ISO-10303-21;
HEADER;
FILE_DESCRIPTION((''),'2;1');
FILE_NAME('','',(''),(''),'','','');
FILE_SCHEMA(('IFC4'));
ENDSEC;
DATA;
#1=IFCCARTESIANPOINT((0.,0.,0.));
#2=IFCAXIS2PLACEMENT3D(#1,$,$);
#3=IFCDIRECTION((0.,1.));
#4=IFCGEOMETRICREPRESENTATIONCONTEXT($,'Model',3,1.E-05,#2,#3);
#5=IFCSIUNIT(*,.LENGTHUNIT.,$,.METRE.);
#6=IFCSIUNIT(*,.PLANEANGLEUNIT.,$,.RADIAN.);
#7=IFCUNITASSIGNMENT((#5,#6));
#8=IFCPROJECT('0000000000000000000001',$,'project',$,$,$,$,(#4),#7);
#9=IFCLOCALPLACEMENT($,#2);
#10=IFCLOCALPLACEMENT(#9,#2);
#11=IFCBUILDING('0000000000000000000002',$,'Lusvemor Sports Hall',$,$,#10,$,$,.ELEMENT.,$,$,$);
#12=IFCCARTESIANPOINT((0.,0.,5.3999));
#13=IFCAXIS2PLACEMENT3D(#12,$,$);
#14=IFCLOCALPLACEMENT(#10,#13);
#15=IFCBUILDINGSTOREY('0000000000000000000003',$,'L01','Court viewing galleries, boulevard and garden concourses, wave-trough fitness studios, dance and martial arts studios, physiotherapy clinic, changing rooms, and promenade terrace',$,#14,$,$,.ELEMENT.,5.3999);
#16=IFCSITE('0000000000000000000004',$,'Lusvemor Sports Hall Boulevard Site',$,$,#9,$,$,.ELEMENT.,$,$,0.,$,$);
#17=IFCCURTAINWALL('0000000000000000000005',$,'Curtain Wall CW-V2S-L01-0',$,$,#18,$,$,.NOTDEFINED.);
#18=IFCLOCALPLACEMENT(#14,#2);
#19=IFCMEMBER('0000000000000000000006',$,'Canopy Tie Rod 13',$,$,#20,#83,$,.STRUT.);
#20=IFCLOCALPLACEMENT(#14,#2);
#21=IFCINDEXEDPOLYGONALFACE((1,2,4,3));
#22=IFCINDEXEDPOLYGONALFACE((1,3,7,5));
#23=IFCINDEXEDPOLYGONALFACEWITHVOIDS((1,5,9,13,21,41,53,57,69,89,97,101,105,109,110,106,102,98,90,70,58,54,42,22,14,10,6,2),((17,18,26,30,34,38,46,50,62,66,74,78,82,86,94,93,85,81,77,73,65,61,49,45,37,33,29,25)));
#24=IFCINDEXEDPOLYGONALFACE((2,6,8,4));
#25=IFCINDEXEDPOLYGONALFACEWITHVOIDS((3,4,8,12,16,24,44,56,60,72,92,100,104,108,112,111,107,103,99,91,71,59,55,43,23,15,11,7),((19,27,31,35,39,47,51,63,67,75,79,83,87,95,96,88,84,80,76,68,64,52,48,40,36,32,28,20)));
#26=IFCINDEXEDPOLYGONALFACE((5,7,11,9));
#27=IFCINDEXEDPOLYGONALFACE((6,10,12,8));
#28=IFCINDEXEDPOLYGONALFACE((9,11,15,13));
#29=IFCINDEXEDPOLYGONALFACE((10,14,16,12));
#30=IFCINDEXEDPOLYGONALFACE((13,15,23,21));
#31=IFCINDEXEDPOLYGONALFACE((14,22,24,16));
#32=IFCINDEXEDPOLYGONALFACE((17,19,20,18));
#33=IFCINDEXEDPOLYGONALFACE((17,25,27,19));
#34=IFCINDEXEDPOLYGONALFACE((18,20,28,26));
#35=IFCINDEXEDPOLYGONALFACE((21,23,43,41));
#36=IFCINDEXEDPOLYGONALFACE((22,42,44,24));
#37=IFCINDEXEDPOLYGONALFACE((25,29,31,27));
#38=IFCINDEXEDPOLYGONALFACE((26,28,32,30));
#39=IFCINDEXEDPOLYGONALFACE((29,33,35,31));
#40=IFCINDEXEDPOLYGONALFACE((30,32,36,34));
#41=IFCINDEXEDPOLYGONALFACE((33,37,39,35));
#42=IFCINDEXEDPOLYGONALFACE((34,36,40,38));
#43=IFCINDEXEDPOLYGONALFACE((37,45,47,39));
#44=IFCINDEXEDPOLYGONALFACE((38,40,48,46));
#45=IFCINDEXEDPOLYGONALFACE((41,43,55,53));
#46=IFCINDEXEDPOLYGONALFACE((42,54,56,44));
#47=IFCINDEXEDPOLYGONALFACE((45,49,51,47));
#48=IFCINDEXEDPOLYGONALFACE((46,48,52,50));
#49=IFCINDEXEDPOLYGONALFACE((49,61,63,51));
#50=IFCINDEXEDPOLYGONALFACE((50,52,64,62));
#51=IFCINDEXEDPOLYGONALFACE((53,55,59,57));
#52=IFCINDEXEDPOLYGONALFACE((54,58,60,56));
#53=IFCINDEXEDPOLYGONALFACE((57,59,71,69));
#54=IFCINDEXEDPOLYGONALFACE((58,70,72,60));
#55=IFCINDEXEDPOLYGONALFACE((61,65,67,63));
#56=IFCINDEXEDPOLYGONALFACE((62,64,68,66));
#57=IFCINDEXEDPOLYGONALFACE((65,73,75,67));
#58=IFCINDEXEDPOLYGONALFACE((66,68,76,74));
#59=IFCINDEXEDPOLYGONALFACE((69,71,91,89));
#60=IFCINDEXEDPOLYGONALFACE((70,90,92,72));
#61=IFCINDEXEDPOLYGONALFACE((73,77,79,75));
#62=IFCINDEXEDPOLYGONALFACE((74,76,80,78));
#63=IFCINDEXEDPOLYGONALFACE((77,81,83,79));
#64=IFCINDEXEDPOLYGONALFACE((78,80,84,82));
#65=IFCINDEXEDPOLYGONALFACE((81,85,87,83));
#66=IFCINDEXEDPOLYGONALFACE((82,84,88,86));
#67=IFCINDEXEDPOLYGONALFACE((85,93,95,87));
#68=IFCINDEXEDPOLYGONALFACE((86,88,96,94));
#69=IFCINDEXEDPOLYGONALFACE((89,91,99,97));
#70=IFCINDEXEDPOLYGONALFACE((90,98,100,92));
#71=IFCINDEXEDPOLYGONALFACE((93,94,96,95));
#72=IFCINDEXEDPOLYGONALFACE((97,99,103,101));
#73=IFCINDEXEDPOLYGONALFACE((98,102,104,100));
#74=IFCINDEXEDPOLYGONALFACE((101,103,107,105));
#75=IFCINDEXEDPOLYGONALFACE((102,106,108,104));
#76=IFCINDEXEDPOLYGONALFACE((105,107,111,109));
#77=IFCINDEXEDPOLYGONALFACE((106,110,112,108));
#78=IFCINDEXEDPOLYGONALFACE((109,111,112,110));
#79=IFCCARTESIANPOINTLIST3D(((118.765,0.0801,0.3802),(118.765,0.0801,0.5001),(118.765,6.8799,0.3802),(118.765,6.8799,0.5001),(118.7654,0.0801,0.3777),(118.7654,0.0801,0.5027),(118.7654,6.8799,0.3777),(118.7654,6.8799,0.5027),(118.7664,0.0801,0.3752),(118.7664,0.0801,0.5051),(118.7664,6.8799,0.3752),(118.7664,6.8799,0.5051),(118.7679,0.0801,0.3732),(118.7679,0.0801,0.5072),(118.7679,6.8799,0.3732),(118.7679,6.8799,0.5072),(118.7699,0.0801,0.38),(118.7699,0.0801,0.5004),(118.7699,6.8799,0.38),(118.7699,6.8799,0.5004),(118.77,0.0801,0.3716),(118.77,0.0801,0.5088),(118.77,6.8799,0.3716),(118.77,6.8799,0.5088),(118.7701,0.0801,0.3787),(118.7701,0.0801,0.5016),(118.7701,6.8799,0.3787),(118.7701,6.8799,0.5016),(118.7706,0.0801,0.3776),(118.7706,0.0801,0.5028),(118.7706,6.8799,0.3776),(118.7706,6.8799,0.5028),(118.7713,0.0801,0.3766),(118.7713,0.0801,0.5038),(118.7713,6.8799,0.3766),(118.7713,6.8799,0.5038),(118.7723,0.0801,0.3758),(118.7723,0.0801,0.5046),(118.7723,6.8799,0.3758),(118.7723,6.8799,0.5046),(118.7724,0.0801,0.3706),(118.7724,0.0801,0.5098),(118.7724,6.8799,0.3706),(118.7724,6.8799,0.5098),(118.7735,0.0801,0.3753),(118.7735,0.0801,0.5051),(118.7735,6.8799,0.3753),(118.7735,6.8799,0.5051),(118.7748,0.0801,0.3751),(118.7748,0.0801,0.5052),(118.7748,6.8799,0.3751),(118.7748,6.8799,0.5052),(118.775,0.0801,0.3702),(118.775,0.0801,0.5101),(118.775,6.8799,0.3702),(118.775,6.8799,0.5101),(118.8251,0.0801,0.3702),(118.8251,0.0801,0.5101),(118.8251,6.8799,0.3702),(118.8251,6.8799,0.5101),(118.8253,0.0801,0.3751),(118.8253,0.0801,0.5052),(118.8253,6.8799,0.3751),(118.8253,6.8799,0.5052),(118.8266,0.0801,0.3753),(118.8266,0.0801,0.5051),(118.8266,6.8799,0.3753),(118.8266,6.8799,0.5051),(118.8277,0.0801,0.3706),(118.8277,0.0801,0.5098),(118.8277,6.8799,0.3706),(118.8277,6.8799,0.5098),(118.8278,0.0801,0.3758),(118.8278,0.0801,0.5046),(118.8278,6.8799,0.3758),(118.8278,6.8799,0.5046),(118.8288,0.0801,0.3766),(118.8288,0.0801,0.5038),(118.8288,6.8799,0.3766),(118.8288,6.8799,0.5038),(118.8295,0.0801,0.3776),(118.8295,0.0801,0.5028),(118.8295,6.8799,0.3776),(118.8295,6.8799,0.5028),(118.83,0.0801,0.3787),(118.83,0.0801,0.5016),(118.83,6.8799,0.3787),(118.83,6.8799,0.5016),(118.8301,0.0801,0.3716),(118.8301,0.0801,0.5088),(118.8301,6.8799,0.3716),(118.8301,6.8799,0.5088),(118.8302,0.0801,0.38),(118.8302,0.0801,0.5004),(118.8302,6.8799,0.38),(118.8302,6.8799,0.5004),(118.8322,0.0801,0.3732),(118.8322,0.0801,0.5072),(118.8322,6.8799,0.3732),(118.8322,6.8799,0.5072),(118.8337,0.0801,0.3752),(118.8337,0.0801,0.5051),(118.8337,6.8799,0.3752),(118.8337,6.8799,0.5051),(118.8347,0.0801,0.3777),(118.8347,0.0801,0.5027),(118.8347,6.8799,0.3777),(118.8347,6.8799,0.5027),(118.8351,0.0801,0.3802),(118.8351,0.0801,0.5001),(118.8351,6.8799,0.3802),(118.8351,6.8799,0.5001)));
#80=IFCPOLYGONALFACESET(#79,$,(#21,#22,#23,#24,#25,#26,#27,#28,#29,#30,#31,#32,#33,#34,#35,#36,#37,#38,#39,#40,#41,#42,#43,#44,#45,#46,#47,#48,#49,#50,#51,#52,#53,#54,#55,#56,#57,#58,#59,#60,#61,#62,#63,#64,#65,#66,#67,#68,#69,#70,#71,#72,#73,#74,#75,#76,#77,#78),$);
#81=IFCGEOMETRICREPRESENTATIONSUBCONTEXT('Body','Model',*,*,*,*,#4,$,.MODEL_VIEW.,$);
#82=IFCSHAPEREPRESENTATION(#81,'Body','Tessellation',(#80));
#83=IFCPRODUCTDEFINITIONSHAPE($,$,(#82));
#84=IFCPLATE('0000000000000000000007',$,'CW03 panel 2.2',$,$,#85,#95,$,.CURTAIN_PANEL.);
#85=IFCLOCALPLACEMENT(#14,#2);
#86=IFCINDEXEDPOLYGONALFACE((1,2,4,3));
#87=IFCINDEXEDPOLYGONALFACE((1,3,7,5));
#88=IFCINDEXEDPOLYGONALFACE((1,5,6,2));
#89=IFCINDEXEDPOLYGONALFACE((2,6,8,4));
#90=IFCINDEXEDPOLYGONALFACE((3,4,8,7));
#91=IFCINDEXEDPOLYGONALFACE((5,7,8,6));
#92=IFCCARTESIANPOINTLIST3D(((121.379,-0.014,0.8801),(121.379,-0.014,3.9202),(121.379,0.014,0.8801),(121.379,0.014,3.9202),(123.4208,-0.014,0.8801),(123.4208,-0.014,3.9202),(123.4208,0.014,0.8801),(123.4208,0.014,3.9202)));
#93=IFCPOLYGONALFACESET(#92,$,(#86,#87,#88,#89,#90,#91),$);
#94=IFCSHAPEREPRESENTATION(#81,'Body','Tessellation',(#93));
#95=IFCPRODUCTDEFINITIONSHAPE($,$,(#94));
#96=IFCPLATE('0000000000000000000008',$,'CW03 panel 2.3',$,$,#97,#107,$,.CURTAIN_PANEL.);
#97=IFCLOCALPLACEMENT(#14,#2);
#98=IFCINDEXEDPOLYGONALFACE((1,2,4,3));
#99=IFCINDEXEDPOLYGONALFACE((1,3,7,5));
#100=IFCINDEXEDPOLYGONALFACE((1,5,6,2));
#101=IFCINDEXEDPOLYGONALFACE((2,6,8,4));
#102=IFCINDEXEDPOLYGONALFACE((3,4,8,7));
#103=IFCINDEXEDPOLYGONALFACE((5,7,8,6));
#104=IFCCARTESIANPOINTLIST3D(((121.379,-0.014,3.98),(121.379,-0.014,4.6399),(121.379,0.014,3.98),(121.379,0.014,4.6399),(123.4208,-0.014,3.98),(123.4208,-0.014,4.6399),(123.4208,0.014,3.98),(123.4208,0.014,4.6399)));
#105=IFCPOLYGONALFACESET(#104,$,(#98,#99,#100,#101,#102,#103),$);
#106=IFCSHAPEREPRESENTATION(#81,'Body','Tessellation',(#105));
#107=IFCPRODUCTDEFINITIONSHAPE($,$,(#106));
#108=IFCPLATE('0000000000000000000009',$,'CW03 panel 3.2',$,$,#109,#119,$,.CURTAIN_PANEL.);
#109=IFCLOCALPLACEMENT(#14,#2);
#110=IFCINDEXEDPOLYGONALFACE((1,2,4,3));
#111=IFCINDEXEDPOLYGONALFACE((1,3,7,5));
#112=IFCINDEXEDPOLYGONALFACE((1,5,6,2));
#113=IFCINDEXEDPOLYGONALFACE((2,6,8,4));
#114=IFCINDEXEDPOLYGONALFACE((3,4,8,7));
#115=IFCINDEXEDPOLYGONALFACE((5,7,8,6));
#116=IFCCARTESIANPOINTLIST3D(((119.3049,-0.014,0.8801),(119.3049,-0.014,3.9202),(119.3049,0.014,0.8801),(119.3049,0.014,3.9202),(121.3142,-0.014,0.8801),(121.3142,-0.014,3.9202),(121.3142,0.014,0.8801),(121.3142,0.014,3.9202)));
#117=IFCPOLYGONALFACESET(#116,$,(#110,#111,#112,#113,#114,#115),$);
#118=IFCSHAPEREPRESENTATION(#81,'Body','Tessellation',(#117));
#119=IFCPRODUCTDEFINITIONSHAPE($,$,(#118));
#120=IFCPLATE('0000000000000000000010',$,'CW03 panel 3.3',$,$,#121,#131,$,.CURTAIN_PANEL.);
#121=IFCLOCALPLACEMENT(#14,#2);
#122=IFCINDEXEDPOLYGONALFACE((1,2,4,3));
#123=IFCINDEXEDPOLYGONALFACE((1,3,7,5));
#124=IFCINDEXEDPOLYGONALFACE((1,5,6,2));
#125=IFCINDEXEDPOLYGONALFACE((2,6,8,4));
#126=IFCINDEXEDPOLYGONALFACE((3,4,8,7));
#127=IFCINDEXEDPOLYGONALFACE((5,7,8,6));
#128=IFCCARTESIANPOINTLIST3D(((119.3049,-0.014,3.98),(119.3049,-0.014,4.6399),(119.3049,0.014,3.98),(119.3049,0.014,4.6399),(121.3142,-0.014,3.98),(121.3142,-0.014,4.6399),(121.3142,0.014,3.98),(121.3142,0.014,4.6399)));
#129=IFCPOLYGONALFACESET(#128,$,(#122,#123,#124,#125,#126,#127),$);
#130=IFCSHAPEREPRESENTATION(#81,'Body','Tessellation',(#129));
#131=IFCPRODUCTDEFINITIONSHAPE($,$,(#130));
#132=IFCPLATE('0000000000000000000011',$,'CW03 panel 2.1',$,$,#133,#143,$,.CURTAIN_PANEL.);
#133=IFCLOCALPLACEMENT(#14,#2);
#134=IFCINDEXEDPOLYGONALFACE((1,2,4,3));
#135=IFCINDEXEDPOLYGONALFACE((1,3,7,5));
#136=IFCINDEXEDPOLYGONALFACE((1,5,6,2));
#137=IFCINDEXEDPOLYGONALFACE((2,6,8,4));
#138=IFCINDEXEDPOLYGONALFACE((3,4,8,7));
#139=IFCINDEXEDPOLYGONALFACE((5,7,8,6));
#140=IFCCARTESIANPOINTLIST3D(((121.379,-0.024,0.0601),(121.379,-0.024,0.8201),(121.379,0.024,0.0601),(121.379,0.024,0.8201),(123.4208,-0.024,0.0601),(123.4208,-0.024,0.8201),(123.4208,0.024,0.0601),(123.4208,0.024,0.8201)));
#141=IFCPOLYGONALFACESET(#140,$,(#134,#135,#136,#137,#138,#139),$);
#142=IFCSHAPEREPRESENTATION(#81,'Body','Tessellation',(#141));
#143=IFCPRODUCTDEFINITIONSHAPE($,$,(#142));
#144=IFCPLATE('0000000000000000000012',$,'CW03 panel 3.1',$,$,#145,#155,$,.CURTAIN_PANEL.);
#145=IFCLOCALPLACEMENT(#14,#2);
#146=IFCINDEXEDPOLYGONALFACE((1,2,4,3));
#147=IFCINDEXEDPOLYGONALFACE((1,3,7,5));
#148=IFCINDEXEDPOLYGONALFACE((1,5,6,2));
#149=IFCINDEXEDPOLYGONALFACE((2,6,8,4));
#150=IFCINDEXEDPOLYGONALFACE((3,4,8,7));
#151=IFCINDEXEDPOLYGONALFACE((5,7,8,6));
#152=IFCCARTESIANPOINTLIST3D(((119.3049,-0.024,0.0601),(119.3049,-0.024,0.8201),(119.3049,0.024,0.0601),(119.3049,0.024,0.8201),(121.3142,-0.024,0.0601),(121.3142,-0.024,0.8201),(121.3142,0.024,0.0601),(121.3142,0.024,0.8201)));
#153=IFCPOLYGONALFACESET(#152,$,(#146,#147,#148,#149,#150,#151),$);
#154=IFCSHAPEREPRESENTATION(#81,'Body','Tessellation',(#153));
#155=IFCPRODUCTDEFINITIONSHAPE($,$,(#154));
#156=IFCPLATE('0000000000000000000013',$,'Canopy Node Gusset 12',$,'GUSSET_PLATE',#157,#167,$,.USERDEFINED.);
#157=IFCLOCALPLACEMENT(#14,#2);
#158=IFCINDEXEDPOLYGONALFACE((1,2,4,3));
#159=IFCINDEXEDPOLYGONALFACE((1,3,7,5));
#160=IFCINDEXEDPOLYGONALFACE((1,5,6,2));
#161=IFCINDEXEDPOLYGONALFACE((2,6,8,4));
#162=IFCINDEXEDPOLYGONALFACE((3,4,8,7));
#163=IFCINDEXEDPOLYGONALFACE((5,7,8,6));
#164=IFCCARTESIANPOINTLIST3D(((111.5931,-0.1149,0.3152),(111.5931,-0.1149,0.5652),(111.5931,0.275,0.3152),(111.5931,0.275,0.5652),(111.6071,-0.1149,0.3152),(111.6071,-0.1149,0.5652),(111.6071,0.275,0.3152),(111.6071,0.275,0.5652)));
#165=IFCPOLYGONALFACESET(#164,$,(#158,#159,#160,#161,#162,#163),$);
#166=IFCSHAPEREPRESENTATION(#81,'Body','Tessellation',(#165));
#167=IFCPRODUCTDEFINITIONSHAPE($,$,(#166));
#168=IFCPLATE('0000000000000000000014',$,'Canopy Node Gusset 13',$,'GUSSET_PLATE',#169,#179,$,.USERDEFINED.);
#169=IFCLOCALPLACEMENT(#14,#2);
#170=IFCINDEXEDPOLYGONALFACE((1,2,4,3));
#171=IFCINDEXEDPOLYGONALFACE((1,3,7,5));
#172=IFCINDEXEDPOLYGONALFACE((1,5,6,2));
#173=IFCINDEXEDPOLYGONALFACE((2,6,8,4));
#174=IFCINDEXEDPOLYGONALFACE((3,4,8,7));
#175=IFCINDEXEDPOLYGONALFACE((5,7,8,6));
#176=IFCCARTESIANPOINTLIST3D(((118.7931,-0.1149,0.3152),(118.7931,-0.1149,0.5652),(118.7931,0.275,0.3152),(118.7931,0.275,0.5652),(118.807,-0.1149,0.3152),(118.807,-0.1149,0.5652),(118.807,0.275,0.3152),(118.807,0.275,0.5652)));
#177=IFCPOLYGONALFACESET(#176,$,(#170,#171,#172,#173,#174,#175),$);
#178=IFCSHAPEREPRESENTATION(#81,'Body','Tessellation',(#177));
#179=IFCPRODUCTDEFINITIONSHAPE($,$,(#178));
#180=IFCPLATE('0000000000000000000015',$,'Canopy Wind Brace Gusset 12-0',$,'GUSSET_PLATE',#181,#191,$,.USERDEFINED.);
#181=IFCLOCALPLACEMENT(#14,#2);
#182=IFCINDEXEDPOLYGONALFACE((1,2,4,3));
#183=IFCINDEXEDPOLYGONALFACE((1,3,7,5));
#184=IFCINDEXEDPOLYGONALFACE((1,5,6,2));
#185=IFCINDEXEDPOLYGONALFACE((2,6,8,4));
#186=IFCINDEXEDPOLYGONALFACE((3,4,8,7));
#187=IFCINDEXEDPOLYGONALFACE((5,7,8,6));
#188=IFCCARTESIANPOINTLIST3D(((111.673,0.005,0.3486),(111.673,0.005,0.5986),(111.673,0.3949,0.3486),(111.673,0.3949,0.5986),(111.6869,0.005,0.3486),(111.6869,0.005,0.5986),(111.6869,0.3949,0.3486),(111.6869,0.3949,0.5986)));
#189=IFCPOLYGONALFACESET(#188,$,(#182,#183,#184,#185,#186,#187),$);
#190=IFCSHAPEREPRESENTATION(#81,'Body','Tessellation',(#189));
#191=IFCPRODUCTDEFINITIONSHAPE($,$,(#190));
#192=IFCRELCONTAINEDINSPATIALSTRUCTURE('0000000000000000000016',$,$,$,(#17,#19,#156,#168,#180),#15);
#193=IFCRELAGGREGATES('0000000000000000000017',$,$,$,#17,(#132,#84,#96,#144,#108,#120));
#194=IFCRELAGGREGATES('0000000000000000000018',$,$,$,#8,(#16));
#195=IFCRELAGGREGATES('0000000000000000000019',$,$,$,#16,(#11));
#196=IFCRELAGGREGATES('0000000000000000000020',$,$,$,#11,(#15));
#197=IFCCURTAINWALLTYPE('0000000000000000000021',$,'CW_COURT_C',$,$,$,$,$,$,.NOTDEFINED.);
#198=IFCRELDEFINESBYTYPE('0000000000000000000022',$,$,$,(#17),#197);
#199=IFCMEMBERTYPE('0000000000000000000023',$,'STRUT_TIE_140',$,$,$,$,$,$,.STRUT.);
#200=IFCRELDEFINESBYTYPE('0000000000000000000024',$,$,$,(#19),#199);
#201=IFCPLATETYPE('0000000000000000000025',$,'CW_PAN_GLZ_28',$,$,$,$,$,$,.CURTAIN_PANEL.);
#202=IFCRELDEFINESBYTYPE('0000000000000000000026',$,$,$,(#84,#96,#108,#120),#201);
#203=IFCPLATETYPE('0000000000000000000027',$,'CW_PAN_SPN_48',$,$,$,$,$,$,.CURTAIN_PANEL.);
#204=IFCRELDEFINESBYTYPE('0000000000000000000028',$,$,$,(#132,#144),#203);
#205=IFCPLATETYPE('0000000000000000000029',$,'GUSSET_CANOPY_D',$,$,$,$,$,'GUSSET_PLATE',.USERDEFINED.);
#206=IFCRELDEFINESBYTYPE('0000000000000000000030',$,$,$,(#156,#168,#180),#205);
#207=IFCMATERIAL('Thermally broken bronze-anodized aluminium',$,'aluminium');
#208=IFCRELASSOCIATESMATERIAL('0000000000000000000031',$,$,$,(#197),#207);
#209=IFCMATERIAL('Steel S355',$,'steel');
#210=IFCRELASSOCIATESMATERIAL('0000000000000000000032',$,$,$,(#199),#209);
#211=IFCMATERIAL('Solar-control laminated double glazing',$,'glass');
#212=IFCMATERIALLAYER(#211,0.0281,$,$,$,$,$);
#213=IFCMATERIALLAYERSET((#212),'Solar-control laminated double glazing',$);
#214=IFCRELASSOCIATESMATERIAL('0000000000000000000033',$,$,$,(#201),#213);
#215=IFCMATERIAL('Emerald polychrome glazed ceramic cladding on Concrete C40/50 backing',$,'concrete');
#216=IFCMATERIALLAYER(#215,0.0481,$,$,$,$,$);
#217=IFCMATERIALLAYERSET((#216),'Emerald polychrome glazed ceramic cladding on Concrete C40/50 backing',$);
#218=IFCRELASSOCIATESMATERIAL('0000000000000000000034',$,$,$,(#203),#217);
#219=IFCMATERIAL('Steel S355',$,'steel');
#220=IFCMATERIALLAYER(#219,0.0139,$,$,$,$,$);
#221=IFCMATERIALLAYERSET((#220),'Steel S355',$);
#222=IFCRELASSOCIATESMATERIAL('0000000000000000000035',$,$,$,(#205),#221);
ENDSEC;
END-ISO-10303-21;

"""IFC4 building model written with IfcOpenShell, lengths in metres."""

from ifc_helpers import new_model, si_unit, direction, frame, origin, origin_2d, place, context, subcontext, project, spatial, rectangle, hollow_rectangle, extrude, material, layer, layer_set, material_profile, profile_set, type_object, element, aggregate, save


model = new_model("IFC4")

# Units and contexts
model_context = context("Model", 3, precision=1e-05, world=origin(), true_north=direction((0.0, 1.0)))
body_context = subcontext(model_context, "Body", "Model", "MODEL_VIEW")
ifc_project = project(units=[si_unit("LENGTHUNIT", "METRE"), si_unit("PLANEANGLEUNIT", "RADIAN")], contexts=[model_context])

# Site, building, storey
site_placement = place(None, origin())
site = spatial("IfcSite", under=ifc_project, at=site_placement, Name="Lusvemor Sports Hall Boulevard Site", CompositionType="ELEMENT", RefElevation=0.0)
building_placement = place(site_placement, origin())
building = spatial("IfcBuilding", under=site, at=building_placement, Name="Lusvemor Sports Hall", CompositionType="ELEMENT")
storey_placement = place(building_placement, frame((0.0, 0.0, 5.3999)))
storey = spatial("IfcBuildingStorey", under=building, at=storey_placement, Name="L01", Description="Court viewing galleries, boulevard and garden concourses, wave-trough fitness studios, dance and martial arts studios, physiotherapy clinic, changing rooms, and promenade terrace", CompositionType="ELEMENT", Elevation=5.3999)

# Curtain wall
ifc_material_1 = material(Name="Thermally broken bronze-anodized aluminium", Category="aluminium")
curtain_wall_type = type_object("IfcCurtainWallType", Name="CW_COURT_C", PredefinedType="NOTDEFINED", material=ifc_material_1)
curtain_wall_placement = place(storey_placement, origin())
curtain_wall = element("IfcCurtainWall", 1, at=curtain_wall_placement, inside=storey, type_object=curtain_wall_type, Name="Curtain Wall CW-V2S-L01-0", PredefinedType="NOTDEFINED")

# Member
ifc_material_2 = material(Name="Steel S355", Category="steel")
ifc_material_profile_1 = material_profile(ifc_material_2, hollow_rectangle(XDim=0.0701, YDim=0.1399, WallThickness=0.0049, InnerFilletRadius=0.0049, OuterFilletRadius=0.01, at=origin_2d()), Name="RHS140x70x5")
ifc_profile_set_1 = profile_set([ifc_material_profile_1], Name="Steel S355")
member_type_1 = type_object("IfcMemberType", Name="STRUT_TIE_140", PredefinedType="STRUT", material=ifc_profile_set_1)
member_1_placement = place(storey_placement, frame((118.8, 0.0801, 0.4402), z_axis=(0.0, 1.0, 0.0), x_axis=(-1.0, 0.0, 0.0)))
element("IfcMember", 2, at=member_1_placement, inside=storey, type_object=member_type_1, Name="Canopy Tie Rod 13", PredefinedType="STRUT", context=body_context, shape_type="SweptSolid", body=[
    extrude(hollow_rectangle(XDim=0.0701, YDim=0.1399, WallThickness=0.0049, InnerFilletRadius=0.0049, OuterFilletRadius=0.01, at=origin_2d()), origin(), (0.0, 0.0, 1.0), 6.7998),
])

# Plates
ifc_material_3 = material(Name="Solar-control laminated double glazing", Category="glass")
ifc_layer_1 = layer(ifc_material_3, 0.0281)
ifc_layer_set_1 = layer_set([ifc_layer_1], Name="Solar-control laminated double glazing")
plate_type_1 = type_object("IfcPlateType", Name="CW_PAN_GLZ_28", PredefinedType="CURTAIN_PANEL", material=ifc_layer_set_1)
plate_1_placement = place(storey_placement, frame((122.3999, 0.0, 0.8801), z_axis=(0.0, 0.0, 1.0), x_axis=(-1.0, 0.0, 0.0)))
plate_1 = element("IfcPlate", 3, at=plate_1_placement, type_object=plate_type_1, Name="CW03 panel 2.2", PredefinedType="CURTAIN_PANEL", context=body_context, shape_type="SweptSolid", body=[
    extrude(rectangle(XDim=2.0417, YDim=0.0281, at=origin_2d()), origin(), (0.0, 0.0, 1.0), 3.04),
])
plate_2_placement = place(storey_placement, frame((122.3999, 0.0, 3.98), z_axis=(0.0, 0.0, 1.0), x_axis=(-1.0, 0.0, 0.0)))
plate_2 = element("IfcPlate", 4, at=plate_2_placement, type_object=plate_type_1, Name="CW03 panel 2.3", PredefinedType="CURTAIN_PANEL", context=body_context, shape_type="SweptSolid", body=[
    extrude(rectangle(XDim=2.0417, YDim=0.0281, at=origin_2d()), origin(), (0.0, 0.0, 1.0), 0.6599),
])
plate_3_placement = place(storey_placement, frame((120.3096, 0.0, 0.8801), z_axis=(0.0, 0.0, 1.0), x_axis=(-1.0, 0.0, 0.0)))
plate_3 = element("IfcPlate", 5, at=plate_3_placement, type_object=plate_type_1, Name="CW03 panel 3.2", PredefinedType="CURTAIN_PANEL", context=body_context, shape_type="SweptSolid", body=[
    extrude(rectangle(XDim=2.0093, YDim=0.0281, at=origin_2d()), origin(), (0.0, 0.0, 1.0), 3.04),
])
plate_4_placement = place(storey_placement, frame((120.3096, 0.0, 3.98), z_axis=(0.0, 0.0, 1.0), x_axis=(-1.0, 0.0, 0.0)))
plate_4 = element("IfcPlate", 6, at=plate_4_placement, type_object=plate_type_1, Name="CW03 panel 3.3", PredefinedType="CURTAIN_PANEL", context=body_context, shape_type="SweptSolid", body=[
    extrude(rectangle(XDim=2.0093, YDim=0.0281, at=origin_2d()), origin(), (0.0, 0.0, 1.0), 0.6599),
])
ifc_material_4 = material(Name="Emerald polychrome glazed ceramic cladding on Concrete C40/50 backing", Category="concrete")
ifc_layer_2 = layer(ifc_material_4, 0.0481)
ifc_layer_set_2 = layer_set([ifc_layer_2], Name="Emerald polychrome glazed ceramic cladding on Concrete C40/50 backing")
plate_type_2 = type_object("IfcPlateType", Name="CW_PAN_SPN_48", PredefinedType="CURTAIN_PANEL", material=ifc_layer_set_2)
plate_5_placement = place(storey_placement, frame((122.3999, 0.0, 0.0601), z_axis=(0.0, 0.0, 1.0), x_axis=(-1.0, 0.0, 0.0)))
plate_5 = element("IfcPlate", 7, at=plate_5_placement, type_object=plate_type_2, Name="CW03 panel 2.1", PredefinedType="CURTAIN_PANEL", context=body_context, shape_type="SweptSolid", body=[
    extrude(rectangle(XDim=2.0417, YDim=0.0481, at=origin_2d()), origin(), (0.0, 0.0, 1.0), 0.76),
])
plate_6_placement = place(storey_placement, frame((120.3096, 0.0, 0.0601), z_axis=(0.0, 0.0, 1.0), x_axis=(-1.0, 0.0, 0.0)))
plate_6 = element("IfcPlate", 8, at=plate_6_placement, type_object=plate_type_2, Name="CW03 panel 3.1", PredefinedType="CURTAIN_PANEL", context=body_context, shape_type="SweptSolid", body=[
    extrude(rectangle(XDim=2.0093, YDim=0.0481, at=origin_2d()), origin(), (0.0, 0.0, 1.0), 0.76),
])
aggregate(curtain_wall, [plate_5, plate_1, plate_2, plate_6, plate_3, plate_4])

# Plates
ifc_material_5 = material(Name="Steel S355", Category="steel")
ifc_layer_3 = layer(ifc_material_5, 0.0139)
ifc_layer_set_3 = layer_set([ifc_layer_3], Name="Steel S355")
plate_type_3 = type_object("IfcPlateType", Name="GUSSET_CANOPY_D", ElementType="GUSSET_PLATE", PredefinedType="USERDEFINED", material=ifc_layer_set_3)
for number, where, z_axis, x_axis, name in (
    (9, (111.6001, 0.0801, 0.3152), (0.0, 0.0, 1.0), (1.0, 0.0, 0.0), "Canopy Node Gusset 12"),
    (10, (118.8, 0.0801, 0.3152), (0.0, 0.0, 1.0), (1.0, 0.0, 0.0), "Canopy Node Gusset 13"),
    (11, (111.6799, 0.2, 0.3486), (0.0, 0.0, 1.0), (1.0, 0.0, 0.0), "Canopy Wind Brace Gusset 12-0"),
):
    element("IfcPlate", number, at=place(storey_placement, frame(where, z_axis=z_axis, x_axis=x_axis)), inside=storey, type_object=plate_type_3, Name=name, ObjectType="GUSSET_PLATE", PredefinedType="USERDEFINED", context=body_context, shape_type="SweptSolid", body=[
        extrude(rectangle(XDim=0.0139, YDim=0.3899, at=origin_2d()), origin(), (0.0, 0.0, 1.0), 0.25),
    ])

save(model, "model.ifc")
